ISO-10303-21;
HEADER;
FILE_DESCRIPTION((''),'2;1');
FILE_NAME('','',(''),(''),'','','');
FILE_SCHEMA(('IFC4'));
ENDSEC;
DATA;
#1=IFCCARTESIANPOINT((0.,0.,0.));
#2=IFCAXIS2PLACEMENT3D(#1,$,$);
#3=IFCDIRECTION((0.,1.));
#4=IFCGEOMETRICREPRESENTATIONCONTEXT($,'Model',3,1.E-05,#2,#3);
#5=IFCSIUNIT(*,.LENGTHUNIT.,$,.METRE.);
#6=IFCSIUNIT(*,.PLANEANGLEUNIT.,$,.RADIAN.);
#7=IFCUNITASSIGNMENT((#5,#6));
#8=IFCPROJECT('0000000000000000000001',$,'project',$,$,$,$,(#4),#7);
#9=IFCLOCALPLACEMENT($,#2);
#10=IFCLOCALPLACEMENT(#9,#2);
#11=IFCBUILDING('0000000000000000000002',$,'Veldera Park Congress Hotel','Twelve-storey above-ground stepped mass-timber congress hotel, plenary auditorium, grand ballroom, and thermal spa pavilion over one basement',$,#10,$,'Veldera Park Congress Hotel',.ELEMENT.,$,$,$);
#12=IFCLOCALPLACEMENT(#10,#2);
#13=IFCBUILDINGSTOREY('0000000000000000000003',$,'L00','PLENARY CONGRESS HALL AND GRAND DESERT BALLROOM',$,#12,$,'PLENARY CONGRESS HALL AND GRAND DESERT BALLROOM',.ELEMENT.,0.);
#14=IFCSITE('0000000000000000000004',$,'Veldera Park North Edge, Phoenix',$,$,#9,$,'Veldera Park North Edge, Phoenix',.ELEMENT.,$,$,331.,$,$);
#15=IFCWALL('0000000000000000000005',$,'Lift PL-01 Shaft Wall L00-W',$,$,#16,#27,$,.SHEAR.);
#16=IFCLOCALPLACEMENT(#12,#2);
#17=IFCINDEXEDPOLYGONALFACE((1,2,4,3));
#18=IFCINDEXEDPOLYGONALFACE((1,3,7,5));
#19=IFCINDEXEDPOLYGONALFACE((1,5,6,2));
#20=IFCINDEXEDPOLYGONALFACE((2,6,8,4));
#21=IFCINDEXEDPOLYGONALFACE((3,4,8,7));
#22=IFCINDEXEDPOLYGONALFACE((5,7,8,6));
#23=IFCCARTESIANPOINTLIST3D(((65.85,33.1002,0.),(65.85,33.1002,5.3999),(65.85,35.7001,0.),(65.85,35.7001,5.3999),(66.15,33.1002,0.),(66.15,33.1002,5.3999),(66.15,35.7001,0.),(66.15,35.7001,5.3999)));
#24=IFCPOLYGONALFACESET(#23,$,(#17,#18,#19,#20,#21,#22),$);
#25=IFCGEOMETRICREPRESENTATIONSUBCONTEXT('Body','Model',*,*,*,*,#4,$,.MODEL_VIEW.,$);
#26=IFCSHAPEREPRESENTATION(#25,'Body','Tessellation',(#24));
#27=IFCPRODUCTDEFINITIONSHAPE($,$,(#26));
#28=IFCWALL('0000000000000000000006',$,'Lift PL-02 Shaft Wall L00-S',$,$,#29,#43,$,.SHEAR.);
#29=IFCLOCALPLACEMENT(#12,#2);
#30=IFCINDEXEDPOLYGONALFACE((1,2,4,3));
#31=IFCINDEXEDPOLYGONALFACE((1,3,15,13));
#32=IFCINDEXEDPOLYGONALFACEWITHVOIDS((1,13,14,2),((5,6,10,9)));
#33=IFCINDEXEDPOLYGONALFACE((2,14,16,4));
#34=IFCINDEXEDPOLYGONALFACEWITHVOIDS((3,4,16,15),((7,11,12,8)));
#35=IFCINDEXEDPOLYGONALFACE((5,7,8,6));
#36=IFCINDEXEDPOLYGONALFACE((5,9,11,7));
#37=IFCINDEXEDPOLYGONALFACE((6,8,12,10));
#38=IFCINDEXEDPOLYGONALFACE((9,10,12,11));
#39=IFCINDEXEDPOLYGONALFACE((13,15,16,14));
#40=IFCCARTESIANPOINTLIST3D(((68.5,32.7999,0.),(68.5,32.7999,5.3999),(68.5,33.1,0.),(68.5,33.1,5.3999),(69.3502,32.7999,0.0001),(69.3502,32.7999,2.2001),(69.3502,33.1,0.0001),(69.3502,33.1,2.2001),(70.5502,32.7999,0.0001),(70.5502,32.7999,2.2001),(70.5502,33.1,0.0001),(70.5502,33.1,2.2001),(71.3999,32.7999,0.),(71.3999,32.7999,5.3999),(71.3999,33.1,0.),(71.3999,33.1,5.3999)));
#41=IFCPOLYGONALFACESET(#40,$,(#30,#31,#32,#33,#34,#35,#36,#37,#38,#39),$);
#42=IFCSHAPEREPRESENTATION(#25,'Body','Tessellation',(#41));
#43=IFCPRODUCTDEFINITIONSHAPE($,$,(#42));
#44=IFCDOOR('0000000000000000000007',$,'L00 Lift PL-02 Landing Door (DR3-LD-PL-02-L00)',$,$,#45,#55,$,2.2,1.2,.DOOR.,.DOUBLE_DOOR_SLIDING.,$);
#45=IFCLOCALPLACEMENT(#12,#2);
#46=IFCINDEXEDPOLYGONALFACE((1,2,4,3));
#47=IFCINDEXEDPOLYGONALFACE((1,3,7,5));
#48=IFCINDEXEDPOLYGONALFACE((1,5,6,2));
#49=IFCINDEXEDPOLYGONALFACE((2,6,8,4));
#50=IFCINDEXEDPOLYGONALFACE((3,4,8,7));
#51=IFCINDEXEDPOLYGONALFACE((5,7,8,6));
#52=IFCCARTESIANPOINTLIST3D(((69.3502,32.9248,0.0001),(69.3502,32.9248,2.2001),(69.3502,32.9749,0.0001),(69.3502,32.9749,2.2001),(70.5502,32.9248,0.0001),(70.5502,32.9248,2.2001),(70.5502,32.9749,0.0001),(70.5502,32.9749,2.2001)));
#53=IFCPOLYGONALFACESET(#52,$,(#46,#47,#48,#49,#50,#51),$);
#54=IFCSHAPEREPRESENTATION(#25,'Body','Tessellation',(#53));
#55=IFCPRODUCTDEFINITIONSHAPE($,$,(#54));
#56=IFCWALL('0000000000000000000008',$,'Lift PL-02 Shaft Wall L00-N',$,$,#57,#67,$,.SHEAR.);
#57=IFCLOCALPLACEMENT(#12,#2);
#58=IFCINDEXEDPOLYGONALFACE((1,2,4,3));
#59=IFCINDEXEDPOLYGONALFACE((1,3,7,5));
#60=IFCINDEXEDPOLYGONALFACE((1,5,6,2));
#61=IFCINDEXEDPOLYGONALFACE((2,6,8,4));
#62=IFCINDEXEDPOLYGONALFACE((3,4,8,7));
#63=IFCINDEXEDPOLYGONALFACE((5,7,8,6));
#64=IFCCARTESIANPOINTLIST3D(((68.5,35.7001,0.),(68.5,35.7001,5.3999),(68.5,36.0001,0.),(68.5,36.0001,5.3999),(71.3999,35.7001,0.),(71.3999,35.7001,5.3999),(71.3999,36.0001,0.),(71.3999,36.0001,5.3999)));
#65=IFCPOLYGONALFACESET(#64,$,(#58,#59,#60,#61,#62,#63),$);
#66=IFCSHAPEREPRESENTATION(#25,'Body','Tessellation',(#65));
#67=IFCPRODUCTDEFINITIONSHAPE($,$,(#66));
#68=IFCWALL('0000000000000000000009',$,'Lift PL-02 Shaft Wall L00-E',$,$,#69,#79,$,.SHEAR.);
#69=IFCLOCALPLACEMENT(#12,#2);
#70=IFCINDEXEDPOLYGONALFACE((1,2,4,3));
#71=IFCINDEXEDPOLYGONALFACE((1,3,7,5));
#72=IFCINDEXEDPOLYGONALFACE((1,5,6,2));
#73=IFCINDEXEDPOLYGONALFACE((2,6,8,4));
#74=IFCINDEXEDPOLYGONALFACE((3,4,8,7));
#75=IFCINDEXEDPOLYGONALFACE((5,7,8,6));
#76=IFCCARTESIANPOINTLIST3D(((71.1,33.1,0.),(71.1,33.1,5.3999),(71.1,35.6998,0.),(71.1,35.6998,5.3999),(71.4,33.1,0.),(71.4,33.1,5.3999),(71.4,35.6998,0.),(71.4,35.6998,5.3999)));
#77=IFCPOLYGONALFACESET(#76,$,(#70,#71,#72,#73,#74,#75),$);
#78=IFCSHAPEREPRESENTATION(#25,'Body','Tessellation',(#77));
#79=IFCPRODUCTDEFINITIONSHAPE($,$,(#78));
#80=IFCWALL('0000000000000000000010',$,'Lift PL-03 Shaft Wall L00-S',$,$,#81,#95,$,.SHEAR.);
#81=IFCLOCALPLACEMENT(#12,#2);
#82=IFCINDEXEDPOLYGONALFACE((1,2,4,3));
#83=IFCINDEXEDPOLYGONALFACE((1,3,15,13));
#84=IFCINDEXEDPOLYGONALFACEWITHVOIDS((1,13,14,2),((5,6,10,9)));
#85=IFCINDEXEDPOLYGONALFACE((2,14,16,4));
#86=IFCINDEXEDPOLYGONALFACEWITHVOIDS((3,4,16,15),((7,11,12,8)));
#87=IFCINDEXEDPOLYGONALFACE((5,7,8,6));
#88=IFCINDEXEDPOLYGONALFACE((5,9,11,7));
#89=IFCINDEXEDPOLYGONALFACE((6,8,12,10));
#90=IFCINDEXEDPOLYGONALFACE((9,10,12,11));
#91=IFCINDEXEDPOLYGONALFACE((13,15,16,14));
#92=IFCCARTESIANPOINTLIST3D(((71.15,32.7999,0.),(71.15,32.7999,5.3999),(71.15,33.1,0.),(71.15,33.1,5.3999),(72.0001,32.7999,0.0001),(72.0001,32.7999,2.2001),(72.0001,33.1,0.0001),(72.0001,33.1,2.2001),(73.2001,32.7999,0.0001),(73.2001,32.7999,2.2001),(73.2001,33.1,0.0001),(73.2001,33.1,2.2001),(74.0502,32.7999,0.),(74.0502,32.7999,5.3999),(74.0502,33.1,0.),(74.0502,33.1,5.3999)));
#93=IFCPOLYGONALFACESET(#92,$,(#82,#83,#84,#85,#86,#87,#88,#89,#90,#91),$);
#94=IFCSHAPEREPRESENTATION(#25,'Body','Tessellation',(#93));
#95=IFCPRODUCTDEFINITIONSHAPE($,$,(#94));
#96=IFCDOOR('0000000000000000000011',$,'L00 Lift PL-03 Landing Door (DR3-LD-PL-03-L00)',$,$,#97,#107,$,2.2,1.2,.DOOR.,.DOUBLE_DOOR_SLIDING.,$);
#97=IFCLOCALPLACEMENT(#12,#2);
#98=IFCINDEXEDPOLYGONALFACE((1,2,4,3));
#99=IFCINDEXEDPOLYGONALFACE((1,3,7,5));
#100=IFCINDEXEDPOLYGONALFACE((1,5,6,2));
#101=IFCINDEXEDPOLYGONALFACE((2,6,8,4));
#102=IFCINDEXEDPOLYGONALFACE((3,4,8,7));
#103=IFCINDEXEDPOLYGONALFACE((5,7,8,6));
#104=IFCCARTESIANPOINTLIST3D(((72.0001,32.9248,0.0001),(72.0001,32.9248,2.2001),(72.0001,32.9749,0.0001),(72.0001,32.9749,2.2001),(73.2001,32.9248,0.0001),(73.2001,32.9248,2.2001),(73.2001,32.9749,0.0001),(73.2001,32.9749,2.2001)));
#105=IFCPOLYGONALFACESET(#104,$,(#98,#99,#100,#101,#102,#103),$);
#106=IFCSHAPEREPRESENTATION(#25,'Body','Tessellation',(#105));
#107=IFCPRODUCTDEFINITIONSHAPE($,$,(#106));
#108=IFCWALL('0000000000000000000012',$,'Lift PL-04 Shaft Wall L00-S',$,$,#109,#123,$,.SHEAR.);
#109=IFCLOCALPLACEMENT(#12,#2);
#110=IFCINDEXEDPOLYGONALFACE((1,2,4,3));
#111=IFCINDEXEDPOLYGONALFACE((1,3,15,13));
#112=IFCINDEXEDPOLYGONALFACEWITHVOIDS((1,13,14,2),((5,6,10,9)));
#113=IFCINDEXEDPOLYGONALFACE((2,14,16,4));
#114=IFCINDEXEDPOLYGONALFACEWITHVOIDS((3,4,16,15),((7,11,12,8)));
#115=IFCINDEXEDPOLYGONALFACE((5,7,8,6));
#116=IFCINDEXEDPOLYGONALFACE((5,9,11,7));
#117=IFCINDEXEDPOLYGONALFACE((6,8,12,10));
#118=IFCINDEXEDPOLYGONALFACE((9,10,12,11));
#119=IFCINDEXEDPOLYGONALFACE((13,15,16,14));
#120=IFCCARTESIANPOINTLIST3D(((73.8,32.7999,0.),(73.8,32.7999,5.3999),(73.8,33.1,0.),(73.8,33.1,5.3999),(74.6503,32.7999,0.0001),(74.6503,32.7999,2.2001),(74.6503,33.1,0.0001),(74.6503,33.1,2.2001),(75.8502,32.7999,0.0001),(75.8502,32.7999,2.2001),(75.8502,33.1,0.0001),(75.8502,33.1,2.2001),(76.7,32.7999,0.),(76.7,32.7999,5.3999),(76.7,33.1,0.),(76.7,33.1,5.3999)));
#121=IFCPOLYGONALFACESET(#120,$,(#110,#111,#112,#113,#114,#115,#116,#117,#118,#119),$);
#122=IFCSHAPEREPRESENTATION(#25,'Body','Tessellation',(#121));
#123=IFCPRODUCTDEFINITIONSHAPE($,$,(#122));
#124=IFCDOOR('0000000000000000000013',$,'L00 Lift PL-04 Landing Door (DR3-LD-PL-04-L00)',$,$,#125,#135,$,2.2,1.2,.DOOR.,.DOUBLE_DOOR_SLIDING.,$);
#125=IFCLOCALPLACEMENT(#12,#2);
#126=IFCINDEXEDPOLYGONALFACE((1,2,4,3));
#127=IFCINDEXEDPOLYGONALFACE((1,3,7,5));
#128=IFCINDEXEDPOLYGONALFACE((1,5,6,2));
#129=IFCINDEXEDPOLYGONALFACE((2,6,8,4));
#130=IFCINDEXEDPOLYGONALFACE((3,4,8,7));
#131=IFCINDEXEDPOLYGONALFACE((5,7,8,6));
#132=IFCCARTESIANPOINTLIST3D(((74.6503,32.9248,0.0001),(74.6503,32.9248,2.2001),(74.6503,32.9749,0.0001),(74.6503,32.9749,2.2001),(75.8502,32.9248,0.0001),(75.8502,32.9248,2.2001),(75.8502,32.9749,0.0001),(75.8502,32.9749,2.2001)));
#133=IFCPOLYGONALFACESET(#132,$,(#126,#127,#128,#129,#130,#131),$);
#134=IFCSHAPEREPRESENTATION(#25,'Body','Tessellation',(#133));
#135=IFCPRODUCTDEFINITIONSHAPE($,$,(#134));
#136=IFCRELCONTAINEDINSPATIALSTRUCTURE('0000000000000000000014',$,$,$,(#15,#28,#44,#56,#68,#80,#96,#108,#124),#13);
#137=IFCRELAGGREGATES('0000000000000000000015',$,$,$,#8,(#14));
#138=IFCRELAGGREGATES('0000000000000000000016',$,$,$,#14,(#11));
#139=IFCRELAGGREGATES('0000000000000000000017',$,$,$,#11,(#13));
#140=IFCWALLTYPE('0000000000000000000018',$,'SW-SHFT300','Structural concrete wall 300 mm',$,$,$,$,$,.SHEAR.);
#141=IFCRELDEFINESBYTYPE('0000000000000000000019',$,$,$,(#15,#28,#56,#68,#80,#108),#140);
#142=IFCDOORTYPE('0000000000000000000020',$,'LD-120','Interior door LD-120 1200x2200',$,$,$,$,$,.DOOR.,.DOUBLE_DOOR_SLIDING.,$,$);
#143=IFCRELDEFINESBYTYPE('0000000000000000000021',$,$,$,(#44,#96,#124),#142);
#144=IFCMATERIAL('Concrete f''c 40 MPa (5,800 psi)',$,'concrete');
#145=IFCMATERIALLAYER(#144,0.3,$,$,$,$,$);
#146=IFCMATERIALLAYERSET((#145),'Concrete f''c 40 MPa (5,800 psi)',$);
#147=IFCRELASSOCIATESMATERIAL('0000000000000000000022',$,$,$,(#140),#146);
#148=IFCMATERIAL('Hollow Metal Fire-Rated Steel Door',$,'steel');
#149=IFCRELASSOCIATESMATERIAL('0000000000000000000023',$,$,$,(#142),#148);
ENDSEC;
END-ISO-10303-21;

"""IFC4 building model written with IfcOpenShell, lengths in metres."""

from ifc_helpers import new_model, si_unit, direction, frame, frame_2d, origin, place, context, subcontext, project, spatial, rectangle, extrude, material, layer, layer_set, type_object, element, fill, save


model = new_model("IFC4")

# Units and contexts
model_context = context("Model", 3, precision=1e-05, world=origin(), true_north=direction((0.0, 1.0)))
body_context = subcontext(model_context, "Body", "Model", "MODEL_VIEW")
ifc_project = project(units=[si_unit("LENGTHUNIT", "METRE"), si_unit("PLANEANGLEUNIT", "RADIAN")], contexts=[model_context])

# Site, building, storey
site_placement = place(None, origin())
site = spatial("IfcSite", under=ifc_project, at=site_placement, Name="Veldera Park North Edge, Phoenix", LongName="Veldera Park North Edge, Phoenix", CompositionType="ELEMENT", RefElevation=331.0)
building_placement = place(site_placement, origin())
building = spatial("IfcBuilding", under=site, at=building_placement, Name="Veldera Park Congress Hotel", Description="Twelve-storey above-ground stepped mass-timber congress hotel, plenary auditorium, grand ballroom, and thermal spa pavilion over one basement", LongName="Veldera Park Congress Hotel", CompositionType="ELEMENT")
storey_placement = place(building_placement, origin())
storey = spatial("IfcBuildingStorey", under=building, at=storey_placement, Name="L00", Description="PLENARY CONGRESS HALL AND GRAND DESERT BALLROOM", LongName="PLENARY CONGRESS HALL AND GRAND DESERT BALLROOM", CompositionType="ELEMENT", Elevation=0.0)

# Shared definitions
ifc_material_1 = material(Name="Concrete f'c 40 MPa (5,800 psi)", Category="concrete")
ifc_material_2 = material(Name="Hollow Metal Fire-Rated Steel Door", Category="steel")

# Shared definitions
ifc_layer_1 = layer(ifc_material_1, 0.3)
ifc_layer_set_1 = layer_set([ifc_layer_1], Name="Concrete f'c 40 MPa (5,800 psi)")
wall_type_1 = type_object("IfcWallType", Name="SW-SHFT300", Description="Structural concrete wall 300 mm", PredefinedType="SHEAR", material=ifc_layer_set_1)
door_type_1 = type_object("IfcDoorType", Name="LD-120", Description="Interior door LD-120 1200x2200", OperationType="DOUBLE_DOOR_SLIDING", PredefinedType="DOOR", material=ifc_material_2)

# Wall
for number, where, z_axis, x_axis, name in (
    (1, (66.0, 35.7, 0.0), (0.0, 0.0, 1.0), (0.0, -1.0, 0.0), "Lift PL-01 Shaft Wall L00-W"),
):
    element("IfcWall", number, at=place(storey_placement, frame(where, z_axis=z_axis, x_axis=x_axis)), inside=storey, type_object=wall_type_1, Name=name, PredefinedType="SHEAR", context=body_context, shape_type="SweptSolid", body=[
        extrude(rectangle(XDim=2.5999, YDim=0.3, at=frame_2d((1.2998, 0.0))), origin(), (0.0, 0.0, 1.0), 5.3999),
    ])

# Wall, opening, door
wall_1_placement = place(storey_placement, frame((68.5, 32.95, 0.0), z_axis=(0.0, 0.0, 1.0), x_axis=(1.0, 0.0, 0.0)))
wall_1 = element("IfcWall", 2, at=wall_1_placement, inside=storey, type_object=wall_type_1, Name="Lift PL-02 Shaft Wall L00-S", PredefinedType="SHEAR", context=body_context, shape_type="SweptSolid", body=[
    extrude(rectangle(XDim=2.8999, YDim=0.3, at=frame_2d((1.45, 0.0))), origin(), (0.0, 0.0, 1.0), 5.3999),
])
opening_1_placement = place(wall_1_placement, frame((0.8501, 0.0, 0.0)))
opening_1 = element("IfcOpeningElement", 3, at=opening_1_placement, cuts=wall_1, PredefinedType="OPENING", context=body_context, shape_type="SweptSolid", body=[
    extrude(rectangle(XDim=1.2, YDim=2.2, at=frame_2d((0.6001, 1.1001))), frame((0.0, 0.1621, 0.0), z_axis=(0.0, -1.0, 0.0), x_axis=(1.0, 0.0, 0.0)), (0.0, 0.0, 1.0), 0.324),
])
door_1_placement = place(opening_1_placement, origin())
door_1 = element("IfcDoor", 4, at=door_1_placement, inside=storey, type_object=door_type_1, Name="L00 Lift PL-02 Landing Door (DR3-LD-PL-02-L00)", OperationType="DOUBLE_DOOR_SLIDING", OverallHeight=2.2, OverallWidth=1.2, PredefinedType="DOOR", context=body_context, shape_type="SweptSolid", body=[
    extrude(rectangle(XDim=1.2, YDim=2.2, at=frame_2d((0.6001, 1.1001))), frame((0.0, 0.0249, 0.0), z_axis=(0.0, -1.0, 0.0), x_axis=(1.0, 0.0, 0.0)), (0.0, 0.0, 1.0), 0.05),
])
fill(opening_1, door_1)

# Walls
wall_2_placement = place(storey_placement, frame((71.3999, 35.8501, 0.0), z_axis=(0.0, 0.0, 1.0), x_axis=(-1.0, 0.0, 0.0)))
element("IfcWall", 5, at=wall_2_placement, inside=storey, type_object=wall_type_1, Name="Lift PL-02 Shaft Wall L00-N", PredefinedType="SHEAR", context=body_context, shape_type="SweptSolid", body=[
    extrude(rectangle(XDim=2.8999, YDim=0.3, at=frame_2d((1.45, 0.0))), origin(), (0.0, 0.0, 1.0), 5.3999),
])
wall_3_placement = place(storey_placement, frame((71.25, 33.1001, 0.0), z_axis=(0.0, 0.0, 1.0), x_axis=(0.0, 1.0, 0.0)))
element("IfcWall", 6, at=wall_3_placement, inside=storey, type_object=wall_type_1, Name="Lift PL-02 Shaft Wall L00-E", PredefinedType="SHEAR", context=body_context, shape_type="SweptSolid", body=[
    extrude(rectangle(XDim=2.5999, YDim=0.3, at=frame_2d((1.2998, 0.0))), origin(), (0.0, 0.0, 1.0), 5.3999),
])

# Walls, openings, doors
wall_4_placement = place(storey_placement, frame((71.1499, 32.95, 0.0), z_axis=(0.0, 0.0, 1.0), x_axis=(1.0, 0.0, 0.0)))
wall_4 = element("IfcWall", 7, at=wall_4_placement, inside=storey, type_object=wall_type_1, Name="Lift PL-03 Shaft Wall L00-S", PredefinedType="SHEAR", context=body_context, shape_type="SweptSolid", body=[
    extrude(rectangle(XDim=2.9001, YDim=0.3, at=frame_2d((1.4502, 0.0))), origin(), (0.0, 0.0, 1.0), 5.3999),
])
opening_2_placement = place(wall_4_placement, frame((0.8501, 0.0, 0.0)))
opening_2 = element("IfcOpeningElement", 8, at=opening_2_placement, cuts=wall_4, PredefinedType="OPENING", context=body_context, shape_type="SweptSolid", body=[
    extrude(rectangle(XDim=1.2, YDim=2.2, at=frame_2d((0.6001, 1.1001))), frame((0.0, 0.1621, 0.0), z_axis=(0.0, -1.0, 0.0), x_axis=(1.0, 0.0, 0.0)), (0.0, 0.0, 1.0), 0.324),
])
door_2_placement = place(opening_2_placement, origin())
door_2 = element("IfcDoor", 9, at=door_2_placement, inside=storey, type_object=door_type_1, Name="L00 Lift PL-03 Landing Door (DR3-LD-PL-03-L00)", OperationType="DOUBLE_DOOR_SLIDING", OverallHeight=2.2, OverallWidth=1.2, PredefinedType="DOOR", context=body_context, shape_type="SweptSolid", body=[
    extrude(rectangle(XDim=1.2, YDim=2.2, at=frame_2d((0.6001, 1.1001))), frame((0.0, 0.0249, 0.0), z_axis=(0.0, -1.0, 0.0), x_axis=(1.0, 0.0, 0.0)), (0.0, 0.0, 1.0), 0.05),
])
fill(opening_2, door_2)
wall_5_placement = place(storey_placement, frame((73.8, 32.95, 0.0), z_axis=(0.0, 0.0, 1.0), x_axis=(1.0, 0.0, 0.0)))
wall_5 = element("IfcWall", 10, at=wall_5_placement, inside=storey, type_object=wall_type_1, Name="Lift PL-04 Shaft Wall L00-S", PredefinedType="SHEAR", context=body_context, shape_type="SweptSolid", body=[
    extrude(rectangle(XDim=2.8999, YDim=0.3, at=frame_2d((1.45, 0.0))), origin(), (0.0, 0.0, 1.0), 5.3999),
])
opening_3_placement = place(wall_5_placement, frame((0.8501, 0.0, 0.0)))
opening_3 = element("IfcOpeningElement", 11, at=opening_3_placement, cuts=wall_5, PredefinedType="OPENING", context=body_context, shape_type="SweptSolid", body=[
    extrude(rectangle(XDim=1.2, YDim=2.2, at=frame_2d((0.6001, 1.1001))), frame((0.0, 0.1621, 0.0), z_axis=(0.0, -1.0, 0.0), x_axis=(1.0, 0.0, 0.0)), (0.0, 0.0, 1.0), 0.324),
])
door_3_placement = place(opening_3_placement, origin())
door_3 = element("IfcDoor", 12, at=door_3_placement, inside=storey, type_object=door_type_1, Name="L00 Lift PL-04 Landing Door (DR3-LD-PL-04-L00)", OperationType="DOUBLE_DOOR_SLIDING", OverallHeight=2.2, OverallWidth=1.2, PredefinedType="DOOR", context=body_context, shape_type="SweptSolid", body=[
    extrude(rectangle(XDim=1.2, YDim=2.2, at=frame_2d((0.6001, 1.1001))), frame((0.0, 0.0249, 0.0), z_axis=(0.0, -1.0, 0.0), x_axis=(1.0, 0.0, 0.0)), (0.0, 0.0, 1.0), 0.05),
])
fill(opening_3, door_3)

save(model, "model.ifc")
